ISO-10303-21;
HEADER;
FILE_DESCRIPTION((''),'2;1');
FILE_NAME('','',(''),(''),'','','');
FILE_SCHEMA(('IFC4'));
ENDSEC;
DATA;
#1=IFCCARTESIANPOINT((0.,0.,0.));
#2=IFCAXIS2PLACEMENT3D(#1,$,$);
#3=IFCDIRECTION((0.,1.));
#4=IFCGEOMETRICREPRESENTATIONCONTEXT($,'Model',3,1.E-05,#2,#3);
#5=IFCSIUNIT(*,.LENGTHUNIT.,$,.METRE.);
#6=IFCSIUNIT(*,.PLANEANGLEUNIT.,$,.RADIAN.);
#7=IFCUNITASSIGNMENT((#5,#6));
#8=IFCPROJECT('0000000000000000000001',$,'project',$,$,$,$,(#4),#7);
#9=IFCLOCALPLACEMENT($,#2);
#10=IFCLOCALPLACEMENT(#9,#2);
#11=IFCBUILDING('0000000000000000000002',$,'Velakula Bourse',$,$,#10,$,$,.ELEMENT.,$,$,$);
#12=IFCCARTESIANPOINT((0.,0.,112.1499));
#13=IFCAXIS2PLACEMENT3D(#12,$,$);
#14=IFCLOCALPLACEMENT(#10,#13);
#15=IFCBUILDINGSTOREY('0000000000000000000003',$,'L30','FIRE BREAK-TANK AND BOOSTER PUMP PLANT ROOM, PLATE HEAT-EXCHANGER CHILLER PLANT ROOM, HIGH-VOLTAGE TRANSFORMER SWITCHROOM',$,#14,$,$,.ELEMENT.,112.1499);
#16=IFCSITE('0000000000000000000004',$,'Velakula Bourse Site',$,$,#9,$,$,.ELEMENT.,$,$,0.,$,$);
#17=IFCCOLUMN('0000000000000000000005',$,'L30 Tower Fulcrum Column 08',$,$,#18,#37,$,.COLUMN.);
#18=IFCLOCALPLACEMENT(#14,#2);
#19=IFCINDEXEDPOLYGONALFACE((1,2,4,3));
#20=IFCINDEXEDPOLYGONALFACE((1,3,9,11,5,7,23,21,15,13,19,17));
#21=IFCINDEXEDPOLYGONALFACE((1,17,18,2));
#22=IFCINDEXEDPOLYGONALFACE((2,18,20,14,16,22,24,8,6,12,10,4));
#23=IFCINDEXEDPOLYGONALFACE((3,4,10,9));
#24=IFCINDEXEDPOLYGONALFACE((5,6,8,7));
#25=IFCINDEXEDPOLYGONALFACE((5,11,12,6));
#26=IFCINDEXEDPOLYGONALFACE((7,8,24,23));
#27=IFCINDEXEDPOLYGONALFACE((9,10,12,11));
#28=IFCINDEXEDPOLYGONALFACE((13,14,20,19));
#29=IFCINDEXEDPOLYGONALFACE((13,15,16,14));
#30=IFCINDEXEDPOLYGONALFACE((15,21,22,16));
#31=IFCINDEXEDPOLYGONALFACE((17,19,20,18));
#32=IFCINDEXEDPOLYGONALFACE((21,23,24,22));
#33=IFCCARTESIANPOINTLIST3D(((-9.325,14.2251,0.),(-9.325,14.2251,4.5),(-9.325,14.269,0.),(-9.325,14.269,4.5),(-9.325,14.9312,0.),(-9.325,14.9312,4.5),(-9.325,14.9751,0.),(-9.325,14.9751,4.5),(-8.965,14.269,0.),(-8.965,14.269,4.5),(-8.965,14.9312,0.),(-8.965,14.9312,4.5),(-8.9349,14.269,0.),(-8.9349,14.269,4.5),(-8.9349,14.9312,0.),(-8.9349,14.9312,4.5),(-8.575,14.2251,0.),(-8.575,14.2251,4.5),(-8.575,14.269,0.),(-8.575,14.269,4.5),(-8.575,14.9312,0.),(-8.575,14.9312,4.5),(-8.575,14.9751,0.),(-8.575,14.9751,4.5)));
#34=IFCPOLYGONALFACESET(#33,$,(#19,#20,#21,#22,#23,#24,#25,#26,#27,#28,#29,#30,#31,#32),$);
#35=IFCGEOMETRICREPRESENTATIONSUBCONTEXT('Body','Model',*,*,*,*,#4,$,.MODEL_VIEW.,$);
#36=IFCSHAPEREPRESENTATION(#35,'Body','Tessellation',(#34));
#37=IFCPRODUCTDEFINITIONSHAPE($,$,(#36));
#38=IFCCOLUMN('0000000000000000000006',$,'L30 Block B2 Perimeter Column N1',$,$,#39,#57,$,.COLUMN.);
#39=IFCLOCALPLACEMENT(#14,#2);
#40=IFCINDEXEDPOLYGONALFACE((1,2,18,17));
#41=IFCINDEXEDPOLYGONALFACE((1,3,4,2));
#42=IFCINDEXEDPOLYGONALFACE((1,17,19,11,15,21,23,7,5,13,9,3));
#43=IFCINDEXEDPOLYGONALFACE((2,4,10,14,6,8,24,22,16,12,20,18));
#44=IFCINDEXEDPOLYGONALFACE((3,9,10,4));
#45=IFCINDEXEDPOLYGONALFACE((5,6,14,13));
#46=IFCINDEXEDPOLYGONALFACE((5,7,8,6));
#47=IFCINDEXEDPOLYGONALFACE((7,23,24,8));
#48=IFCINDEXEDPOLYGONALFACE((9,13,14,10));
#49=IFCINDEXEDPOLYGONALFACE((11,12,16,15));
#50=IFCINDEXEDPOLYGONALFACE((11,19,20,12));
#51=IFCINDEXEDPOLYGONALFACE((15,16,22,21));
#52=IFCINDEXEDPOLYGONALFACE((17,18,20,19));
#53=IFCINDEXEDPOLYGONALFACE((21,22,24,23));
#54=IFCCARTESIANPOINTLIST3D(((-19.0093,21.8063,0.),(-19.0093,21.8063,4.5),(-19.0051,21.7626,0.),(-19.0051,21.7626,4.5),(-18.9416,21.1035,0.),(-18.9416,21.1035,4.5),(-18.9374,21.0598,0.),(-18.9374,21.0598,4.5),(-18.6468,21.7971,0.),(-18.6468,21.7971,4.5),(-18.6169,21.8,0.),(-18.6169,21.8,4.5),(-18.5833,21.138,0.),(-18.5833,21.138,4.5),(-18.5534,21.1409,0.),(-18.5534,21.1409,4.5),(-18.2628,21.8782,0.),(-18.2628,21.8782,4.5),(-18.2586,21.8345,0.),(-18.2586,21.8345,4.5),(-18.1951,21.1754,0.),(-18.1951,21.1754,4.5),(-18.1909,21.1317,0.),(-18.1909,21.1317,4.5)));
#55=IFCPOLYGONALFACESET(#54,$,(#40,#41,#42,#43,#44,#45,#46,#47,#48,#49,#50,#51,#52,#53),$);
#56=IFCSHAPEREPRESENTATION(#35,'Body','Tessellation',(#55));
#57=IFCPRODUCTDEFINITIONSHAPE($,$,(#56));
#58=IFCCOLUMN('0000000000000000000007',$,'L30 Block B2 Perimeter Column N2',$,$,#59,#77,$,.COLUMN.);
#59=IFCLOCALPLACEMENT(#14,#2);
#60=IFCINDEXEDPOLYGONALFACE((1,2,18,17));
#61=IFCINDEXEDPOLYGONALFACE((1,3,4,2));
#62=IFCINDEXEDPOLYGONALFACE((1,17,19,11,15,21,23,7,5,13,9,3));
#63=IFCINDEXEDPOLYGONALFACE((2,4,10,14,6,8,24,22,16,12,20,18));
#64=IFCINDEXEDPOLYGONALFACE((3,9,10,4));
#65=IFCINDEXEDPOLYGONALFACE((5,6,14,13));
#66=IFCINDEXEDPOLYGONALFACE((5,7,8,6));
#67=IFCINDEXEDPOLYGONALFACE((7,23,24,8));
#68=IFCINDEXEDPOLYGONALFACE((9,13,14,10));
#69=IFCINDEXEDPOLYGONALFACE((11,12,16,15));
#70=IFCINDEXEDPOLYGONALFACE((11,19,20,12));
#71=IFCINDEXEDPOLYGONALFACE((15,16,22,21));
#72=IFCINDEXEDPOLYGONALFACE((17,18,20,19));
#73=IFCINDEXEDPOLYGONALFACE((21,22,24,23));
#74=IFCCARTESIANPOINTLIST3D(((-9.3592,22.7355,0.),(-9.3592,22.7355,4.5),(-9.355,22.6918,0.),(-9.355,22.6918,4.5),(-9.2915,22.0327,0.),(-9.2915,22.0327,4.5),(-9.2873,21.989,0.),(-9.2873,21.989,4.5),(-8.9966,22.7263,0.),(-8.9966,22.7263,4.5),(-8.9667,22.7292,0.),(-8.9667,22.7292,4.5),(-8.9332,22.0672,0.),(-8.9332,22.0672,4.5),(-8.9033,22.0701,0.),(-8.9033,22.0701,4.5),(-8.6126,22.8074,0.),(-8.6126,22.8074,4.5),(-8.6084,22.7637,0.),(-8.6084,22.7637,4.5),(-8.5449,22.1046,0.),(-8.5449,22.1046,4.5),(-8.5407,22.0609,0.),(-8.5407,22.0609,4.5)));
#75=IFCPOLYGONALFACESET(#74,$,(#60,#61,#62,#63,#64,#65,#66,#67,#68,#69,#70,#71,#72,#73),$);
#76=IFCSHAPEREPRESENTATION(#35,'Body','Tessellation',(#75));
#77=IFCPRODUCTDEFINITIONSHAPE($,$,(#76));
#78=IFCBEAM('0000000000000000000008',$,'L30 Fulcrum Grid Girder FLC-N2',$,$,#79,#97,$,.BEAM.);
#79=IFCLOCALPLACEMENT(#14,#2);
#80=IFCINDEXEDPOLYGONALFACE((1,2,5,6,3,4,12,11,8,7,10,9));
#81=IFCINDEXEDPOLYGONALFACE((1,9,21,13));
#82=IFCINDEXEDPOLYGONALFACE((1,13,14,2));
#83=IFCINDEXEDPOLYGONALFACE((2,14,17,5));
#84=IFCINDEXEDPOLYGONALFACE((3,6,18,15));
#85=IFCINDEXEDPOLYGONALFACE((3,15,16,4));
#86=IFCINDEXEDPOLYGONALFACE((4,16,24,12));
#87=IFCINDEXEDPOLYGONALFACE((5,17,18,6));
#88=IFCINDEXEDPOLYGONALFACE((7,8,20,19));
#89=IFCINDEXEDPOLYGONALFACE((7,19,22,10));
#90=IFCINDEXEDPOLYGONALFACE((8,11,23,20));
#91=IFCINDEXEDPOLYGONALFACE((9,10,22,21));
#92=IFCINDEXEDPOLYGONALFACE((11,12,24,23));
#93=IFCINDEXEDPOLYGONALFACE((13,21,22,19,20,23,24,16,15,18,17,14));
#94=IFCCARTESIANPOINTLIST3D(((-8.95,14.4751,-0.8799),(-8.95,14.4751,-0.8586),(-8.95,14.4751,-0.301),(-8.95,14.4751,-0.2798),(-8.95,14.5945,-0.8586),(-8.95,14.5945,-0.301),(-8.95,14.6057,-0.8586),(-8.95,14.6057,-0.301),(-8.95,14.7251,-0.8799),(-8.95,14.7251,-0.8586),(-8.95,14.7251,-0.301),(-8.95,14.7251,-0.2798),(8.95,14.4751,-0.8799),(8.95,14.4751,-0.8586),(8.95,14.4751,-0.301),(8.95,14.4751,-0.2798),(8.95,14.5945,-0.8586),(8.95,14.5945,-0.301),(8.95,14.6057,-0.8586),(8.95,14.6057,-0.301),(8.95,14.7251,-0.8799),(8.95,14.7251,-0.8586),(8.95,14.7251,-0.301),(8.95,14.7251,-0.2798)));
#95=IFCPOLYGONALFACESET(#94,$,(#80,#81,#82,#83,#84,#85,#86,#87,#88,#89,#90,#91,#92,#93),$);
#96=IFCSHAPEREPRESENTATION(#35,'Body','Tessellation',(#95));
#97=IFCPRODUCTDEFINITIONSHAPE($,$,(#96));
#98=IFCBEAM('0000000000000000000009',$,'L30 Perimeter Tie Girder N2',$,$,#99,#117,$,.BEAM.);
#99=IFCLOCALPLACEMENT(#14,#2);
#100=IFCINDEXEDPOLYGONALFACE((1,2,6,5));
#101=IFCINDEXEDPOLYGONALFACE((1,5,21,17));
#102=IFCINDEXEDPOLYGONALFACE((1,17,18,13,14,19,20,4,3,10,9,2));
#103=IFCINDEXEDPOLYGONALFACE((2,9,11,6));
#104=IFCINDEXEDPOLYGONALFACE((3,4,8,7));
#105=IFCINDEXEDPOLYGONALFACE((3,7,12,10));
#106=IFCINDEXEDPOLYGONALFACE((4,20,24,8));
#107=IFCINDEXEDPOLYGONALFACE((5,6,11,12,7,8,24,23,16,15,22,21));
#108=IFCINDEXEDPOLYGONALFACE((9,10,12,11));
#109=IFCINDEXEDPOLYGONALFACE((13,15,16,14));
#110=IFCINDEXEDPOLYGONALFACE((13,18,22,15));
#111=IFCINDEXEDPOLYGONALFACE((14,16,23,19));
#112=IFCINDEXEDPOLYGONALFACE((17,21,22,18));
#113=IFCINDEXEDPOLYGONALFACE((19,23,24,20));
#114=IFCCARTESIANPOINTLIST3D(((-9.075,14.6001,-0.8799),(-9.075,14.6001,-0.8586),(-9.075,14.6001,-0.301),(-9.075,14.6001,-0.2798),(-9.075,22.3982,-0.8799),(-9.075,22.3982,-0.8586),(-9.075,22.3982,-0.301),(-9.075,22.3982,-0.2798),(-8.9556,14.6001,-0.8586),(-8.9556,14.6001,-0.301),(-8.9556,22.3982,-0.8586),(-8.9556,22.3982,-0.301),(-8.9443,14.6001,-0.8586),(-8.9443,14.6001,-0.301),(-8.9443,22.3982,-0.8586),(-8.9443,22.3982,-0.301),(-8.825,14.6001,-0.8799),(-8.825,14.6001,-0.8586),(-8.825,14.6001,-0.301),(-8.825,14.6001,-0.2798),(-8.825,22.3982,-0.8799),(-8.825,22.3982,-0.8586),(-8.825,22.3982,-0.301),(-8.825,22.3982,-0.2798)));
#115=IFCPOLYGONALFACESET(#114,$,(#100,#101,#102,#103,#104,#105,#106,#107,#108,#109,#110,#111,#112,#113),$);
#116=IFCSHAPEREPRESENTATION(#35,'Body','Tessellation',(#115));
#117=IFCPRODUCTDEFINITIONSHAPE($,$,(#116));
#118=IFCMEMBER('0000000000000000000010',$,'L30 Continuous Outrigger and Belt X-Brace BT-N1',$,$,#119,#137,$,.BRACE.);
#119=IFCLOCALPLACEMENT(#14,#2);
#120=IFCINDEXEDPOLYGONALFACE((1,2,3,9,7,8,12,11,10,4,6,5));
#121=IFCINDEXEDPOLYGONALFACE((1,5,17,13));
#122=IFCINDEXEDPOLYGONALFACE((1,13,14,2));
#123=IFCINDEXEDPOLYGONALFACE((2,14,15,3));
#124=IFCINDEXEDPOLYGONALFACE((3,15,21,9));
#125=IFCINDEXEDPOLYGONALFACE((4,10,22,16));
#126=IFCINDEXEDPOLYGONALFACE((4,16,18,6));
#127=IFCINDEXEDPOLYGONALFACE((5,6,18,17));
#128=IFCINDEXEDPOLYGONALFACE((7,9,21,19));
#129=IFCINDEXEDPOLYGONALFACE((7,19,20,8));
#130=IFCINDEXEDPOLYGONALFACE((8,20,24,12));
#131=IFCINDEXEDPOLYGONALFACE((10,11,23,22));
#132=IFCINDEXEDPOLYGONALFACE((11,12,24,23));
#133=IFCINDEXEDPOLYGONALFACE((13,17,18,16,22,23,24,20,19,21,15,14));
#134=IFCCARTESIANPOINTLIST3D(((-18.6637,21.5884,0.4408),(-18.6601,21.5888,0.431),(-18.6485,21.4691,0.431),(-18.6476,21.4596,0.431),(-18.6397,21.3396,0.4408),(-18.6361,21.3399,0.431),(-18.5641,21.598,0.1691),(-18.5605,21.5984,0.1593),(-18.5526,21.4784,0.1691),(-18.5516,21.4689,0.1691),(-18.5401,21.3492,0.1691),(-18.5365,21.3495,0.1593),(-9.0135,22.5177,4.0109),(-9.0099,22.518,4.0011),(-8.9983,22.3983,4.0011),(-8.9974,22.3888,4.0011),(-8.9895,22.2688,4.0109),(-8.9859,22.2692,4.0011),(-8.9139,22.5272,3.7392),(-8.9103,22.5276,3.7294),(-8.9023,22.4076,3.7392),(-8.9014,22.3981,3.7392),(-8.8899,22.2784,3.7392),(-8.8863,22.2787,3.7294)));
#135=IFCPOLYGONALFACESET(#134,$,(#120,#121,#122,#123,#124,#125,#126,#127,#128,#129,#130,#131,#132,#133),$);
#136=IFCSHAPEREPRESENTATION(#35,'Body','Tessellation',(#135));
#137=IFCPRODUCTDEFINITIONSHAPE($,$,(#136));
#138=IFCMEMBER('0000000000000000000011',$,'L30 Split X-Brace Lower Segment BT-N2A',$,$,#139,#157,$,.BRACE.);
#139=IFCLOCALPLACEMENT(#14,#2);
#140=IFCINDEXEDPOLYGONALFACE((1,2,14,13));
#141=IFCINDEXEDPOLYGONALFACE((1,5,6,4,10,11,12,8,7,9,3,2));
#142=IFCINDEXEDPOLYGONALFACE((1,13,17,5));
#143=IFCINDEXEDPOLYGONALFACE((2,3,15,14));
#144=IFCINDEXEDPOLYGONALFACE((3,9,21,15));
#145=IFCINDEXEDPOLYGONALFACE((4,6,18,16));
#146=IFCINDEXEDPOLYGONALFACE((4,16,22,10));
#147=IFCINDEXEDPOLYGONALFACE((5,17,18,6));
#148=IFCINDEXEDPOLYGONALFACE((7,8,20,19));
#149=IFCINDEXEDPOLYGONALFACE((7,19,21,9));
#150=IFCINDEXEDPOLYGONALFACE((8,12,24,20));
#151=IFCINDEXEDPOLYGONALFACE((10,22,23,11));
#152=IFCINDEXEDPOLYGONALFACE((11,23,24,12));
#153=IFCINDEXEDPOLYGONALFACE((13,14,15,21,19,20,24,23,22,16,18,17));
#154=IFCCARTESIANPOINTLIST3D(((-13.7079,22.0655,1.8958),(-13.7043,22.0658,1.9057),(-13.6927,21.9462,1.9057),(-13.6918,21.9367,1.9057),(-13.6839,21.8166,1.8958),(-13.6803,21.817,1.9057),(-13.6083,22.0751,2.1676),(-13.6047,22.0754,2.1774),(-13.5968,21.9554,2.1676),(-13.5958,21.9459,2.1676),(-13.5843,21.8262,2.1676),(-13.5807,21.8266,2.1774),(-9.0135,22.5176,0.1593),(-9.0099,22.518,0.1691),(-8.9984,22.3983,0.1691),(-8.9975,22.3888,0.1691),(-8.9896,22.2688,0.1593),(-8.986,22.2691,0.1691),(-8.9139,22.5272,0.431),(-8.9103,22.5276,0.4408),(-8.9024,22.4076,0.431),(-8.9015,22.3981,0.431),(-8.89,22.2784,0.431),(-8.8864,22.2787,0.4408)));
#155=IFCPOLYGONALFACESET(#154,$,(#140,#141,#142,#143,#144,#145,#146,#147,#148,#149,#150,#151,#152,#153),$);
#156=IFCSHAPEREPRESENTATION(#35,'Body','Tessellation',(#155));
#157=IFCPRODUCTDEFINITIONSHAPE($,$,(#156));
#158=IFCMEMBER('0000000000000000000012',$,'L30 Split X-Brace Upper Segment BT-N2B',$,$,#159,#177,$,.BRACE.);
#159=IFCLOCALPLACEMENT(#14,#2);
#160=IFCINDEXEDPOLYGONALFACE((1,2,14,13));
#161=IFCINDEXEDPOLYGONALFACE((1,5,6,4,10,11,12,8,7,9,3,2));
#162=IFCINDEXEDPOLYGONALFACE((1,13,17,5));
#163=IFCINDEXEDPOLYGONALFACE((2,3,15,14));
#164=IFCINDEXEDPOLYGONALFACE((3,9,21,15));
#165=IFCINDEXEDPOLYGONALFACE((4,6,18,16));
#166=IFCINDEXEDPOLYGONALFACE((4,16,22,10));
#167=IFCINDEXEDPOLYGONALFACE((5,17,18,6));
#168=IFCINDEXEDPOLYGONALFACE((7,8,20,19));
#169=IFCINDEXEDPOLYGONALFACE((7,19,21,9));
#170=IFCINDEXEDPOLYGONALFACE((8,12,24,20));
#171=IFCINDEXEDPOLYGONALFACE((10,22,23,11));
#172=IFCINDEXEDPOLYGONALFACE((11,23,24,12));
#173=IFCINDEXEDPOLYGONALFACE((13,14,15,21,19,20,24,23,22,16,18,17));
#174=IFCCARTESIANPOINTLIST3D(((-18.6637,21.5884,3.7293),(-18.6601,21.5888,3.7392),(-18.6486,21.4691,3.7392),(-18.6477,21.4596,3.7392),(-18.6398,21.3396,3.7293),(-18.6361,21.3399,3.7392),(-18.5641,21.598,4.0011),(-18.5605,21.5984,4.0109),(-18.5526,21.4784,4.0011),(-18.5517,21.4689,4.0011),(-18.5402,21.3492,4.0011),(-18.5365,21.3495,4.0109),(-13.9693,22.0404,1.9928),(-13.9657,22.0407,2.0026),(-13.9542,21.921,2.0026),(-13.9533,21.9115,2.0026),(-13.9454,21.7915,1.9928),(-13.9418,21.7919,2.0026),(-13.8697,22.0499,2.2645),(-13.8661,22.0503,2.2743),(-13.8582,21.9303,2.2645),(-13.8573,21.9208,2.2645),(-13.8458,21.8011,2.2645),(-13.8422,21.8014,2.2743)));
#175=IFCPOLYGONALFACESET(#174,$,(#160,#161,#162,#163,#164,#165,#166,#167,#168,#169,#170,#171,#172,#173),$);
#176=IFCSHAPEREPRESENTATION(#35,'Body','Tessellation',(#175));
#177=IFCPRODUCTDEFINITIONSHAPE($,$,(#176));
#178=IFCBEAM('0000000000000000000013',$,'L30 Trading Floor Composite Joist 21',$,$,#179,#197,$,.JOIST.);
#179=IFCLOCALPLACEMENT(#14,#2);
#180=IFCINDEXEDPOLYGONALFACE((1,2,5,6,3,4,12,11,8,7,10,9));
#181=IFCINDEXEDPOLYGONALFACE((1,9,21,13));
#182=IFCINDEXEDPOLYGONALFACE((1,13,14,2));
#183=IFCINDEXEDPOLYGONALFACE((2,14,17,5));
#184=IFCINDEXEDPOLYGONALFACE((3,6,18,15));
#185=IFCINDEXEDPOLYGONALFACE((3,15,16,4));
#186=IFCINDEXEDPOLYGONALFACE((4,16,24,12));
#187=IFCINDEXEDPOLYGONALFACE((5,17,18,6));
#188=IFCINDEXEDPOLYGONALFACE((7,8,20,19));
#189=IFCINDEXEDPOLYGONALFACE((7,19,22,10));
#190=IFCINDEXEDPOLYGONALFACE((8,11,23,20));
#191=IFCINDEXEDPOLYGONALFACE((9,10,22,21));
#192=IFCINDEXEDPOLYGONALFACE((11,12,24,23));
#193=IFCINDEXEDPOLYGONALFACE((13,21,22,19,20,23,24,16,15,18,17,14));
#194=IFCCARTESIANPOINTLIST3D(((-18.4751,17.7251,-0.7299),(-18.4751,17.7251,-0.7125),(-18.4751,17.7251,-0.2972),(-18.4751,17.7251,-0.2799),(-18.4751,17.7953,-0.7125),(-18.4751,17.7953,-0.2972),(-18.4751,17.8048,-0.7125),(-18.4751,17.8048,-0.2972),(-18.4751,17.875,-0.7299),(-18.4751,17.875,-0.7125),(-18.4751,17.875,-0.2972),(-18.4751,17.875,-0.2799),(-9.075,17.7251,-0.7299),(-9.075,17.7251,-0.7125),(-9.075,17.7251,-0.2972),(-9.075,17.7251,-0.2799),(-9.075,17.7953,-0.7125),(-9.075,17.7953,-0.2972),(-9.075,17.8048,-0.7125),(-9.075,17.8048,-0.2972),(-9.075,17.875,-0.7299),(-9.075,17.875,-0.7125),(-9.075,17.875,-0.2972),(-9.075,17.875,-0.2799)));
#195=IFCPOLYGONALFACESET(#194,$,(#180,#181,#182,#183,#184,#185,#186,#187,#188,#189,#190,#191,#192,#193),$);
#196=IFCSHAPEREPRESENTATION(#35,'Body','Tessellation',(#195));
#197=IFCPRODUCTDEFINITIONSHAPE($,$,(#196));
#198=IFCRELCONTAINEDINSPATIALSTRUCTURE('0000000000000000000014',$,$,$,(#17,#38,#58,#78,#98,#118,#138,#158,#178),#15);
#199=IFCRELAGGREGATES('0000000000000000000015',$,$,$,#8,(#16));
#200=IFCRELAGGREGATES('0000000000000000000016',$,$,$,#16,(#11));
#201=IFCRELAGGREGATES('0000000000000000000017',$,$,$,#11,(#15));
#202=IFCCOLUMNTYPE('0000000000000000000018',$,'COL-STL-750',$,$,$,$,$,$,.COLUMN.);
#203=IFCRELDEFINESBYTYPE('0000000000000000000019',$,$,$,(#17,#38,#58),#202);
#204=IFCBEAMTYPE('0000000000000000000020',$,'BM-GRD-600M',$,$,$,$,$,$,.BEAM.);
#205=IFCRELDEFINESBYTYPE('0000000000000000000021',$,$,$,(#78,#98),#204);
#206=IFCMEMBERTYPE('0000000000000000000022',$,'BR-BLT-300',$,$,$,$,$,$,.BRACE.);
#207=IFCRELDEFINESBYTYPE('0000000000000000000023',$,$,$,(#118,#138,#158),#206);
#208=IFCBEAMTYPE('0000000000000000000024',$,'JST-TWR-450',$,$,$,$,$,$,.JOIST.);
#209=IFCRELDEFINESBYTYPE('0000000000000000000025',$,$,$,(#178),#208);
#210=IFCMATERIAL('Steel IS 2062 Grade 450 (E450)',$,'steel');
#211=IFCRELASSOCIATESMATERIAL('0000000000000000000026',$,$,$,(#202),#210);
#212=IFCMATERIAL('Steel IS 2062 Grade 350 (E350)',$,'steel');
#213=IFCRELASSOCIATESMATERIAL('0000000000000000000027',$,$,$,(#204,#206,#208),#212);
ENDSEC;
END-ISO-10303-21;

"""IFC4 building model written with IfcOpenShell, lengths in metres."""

from ifc_helpers import new_model, si_unit, direction, frame, origin, origin_2d, place, context, subcontext, project, spatial, i_section, extrude, material, material_profile, profile_set, type_object, element, save


model = new_model("IFC4")

# Units and contexts
model_context = context("Model", 3, precision=1e-05, world=origin(), true_north=direction((0.0, 1.0)))
body_context = subcontext(model_context, "Body", "Model", "MODEL_VIEW")
ifc_project = project(units=[si_unit("LENGTHUNIT", "METRE"), si_unit("PLANEANGLEUNIT", "RADIAN")], contexts=[model_context])

# Site, building, storey
site_placement = place(None, origin())
site = spatial("IfcSite", under=ifc_project, at=site_placement, Name="Velakula Bourse Site", CompositionType="ELEMENT", RefElevation=0.0)
building_placement = place(site_placement, origin())
building = spatial("IfcBuilding", under=site, at=building_placement, Name="Velakula Bourse", CompositionType="ELEMENT")
storey_placement = place(building_placement, frame((0.0, 0.0, 112.1499)))
storey = spatial("IfcBuildingStorey", under=building, at=storey_placement, Name="L30", Description="FIRE BREAK-TANK AND BOOSTER PUMP PLANT ROOM, PLATE HEAT-EXCHANGER CHILLER PLANT ROOM, HIGH-VOLTAGE TRANSFORMER SWITCHROOM", CompositionType="ELEMENT", Elevation=112.1499)

# Columns
ifc_material_1 = material(Name="Steel IS 2062 Grade 450 (E450)", Category="steel")
ifc_material_profile_1 = material_profile(ifc_material_1, i_section(OverallWidth=0.75, OverallDepth=0.75, WebThickness=0.03, FlangeThickness=0.0439, at=origin_2d()), Name="Steel IS 2062 Grade 450 (E450)")
ifc_profile_set_1 = profile_set([ifc_material_profile_1], Name="Steel IS 2062 Grade 450 (E450)")
column_type = type_object("IfcColumnType", Name="COL-STL-750", PredefinedType="COLUMN", material=ifc_profile_set_1)
for number, where, z_axis, x_axis, name in (
    (1, (-8.95, 14.6001, 0.0), (0.0, 0.0, 1.0), (1.0, 0.0, 0.0), "L30 Tower Fulcrum Column 08"),
    (2, (-18.6001, 21.469, 0.0), (0.0, 0.0, 1.0), (0.995396, 0.095846, 0.0), "L30 Block B2 Perimeter Column N1"),
    (3, (-8.95, 22.3982, 0.0), (0.0, 0.0, 1.0), (0.995396, 0.095846, 0.0), "L30 Block B2 Perimeter Column N2"),
):
    element("IfcColumn", number, at=place(storey_placement, frame(where, z_axis=z_axis, x_axis=x_axis)), inside=storey, type_object=column_type, Name=name, PredefinedType="COLUMN", context=body_context, shape_type="SweptSolid", body=[
        extrude(i_section(OverallWidth=0.75, OverallDepth=0.75, WebThickness=0.03, FlangeThickness=0.0439, at=origin_2d()), origin(), (0.0, 0.0, 1.0), 4.5),
    ])

# Beams
ifc_material_2 = material(Name="Steel IS 2062 Grade 350 (E350)", Category="steel")
ifc_material_profile_2 = material_profile(ifc_material_2, i_section(OverallWidth=0.25, OverallDepth=0.6001, WebThickness=0.0112, FlangeThickness=0.0212, at=origin_2d()), Name="Steel IS 2062 Grade 350 (E350)")
ifc_profile_set_2 = profile_set([ifc_material_profile_2], Name="Steel IS 2062 Grade 350 (E350)")
beam_type_1 = type_object("IfcBeamType", Name="BM-GRD-600M", PredefinedType="BEAM", material=ifc_profile_set_2)
beam_1_placement = place(storey_placement, frame((-8.95, 14.6001, -0.5798), z_axis=(1.0, 0.0, 0.0), x_axis=(0.0, 1.0, 0.0)))
element("IfcBeam", 4, at=beam_1_placement, inside=storey, type_object=beam_type_1, Name="L30 Fulcrum Grid Girder FLC-N2", PredefinedType="BEAM", context=body_context, shape_type="SweptSolid", body=[
    extrude(i_section(OverallWidth=0.25, OverallDepth=0.6001, WebThickness=0.0112, FlangeThickness=0.0212, at=origin_2d()), origin(), (0.0, 0.0, 1.0), 17.8999),
])
beam_2_placement = place(storey_placement, frame((-8.95, 14.6001, -0.5798), z_axis=(0.0, 1.0, 0.0), x_axis=(-1.0, 0.0, 0.0)))
element("IfcBeam", 5, at=beam_2_placement, inside=storey, type_object=beam_type_1, Name="L30 Perimeter Tie Girder N2", PredefinedType="BEAM", context=body_context, shape_type="SweptSolid", body=[
    extrude(i_section(OverallWidth=0.25, OverallDepth=0.6001, WebThickness=0.0112, FlangeThickness=0.0212, at=origin_2d()), origin(), (0.0, 0.0, 1.0), 7.7981),
])

# Members
ifc_material_profile_3 = material_profile(ifc_material_2, i_section(OverallWidth=0.25, OverallDepth=0.3, WebThickness=0.0095, FlangeThickness=0.0105, at=origin_2d()), Name="Steel IS 2062 Grade 350 (E350)")
ifc_profile_set_3 = profile_set([ifc_material_profile_3], Name="Steel IS 2062 Grade 350 (E350)")
member_type = type_object("IfcMemberType", Name="BR-BLT-300", PredefinedType="BRACE", material=ifc_profile_set_3)
member_placement = place(storey_placement, frame((-18.6001, 21.469, 0.3), z_axis=(0.934076, 0.089941, 0.345561), x_axis=(-0.095845, 0.995396, 0.0)))
element("IfcMember", 6, at=member_placement, inside=storey, type_object=member_type, Name="L30 Continuous Outrigger and Belt X-Brace BT-N1", PredefinedType="BRACE", context=body_context, shape_type="SweptSolid", body=[
    extrude(i_section(OverallWidth=0.25, OverallDepth=0.3, WebThickness=0.0095, FlangeThickness=0.0105, at=origin_2d()), origin(), (0.0, 0.0, 1.0), 10.3313),
])
for number, where, z_axis, x_axis, name in (
    (7, (-8.95, 22.3982, 0.3), (-0.93408, -0.089969, 0.345544), (0.095874, -0.995393, 0.0), "L30 Split X-Brace Lower Segment BT-N2A"),
    (8, (-13.9058, 21.9209, 2.1335), (-0.934084, -0.08992, 0.345545), (0.095823, -0.995398, 0.0), "L30 Split X-Brace Upper Segment BT-N2B"),
):
    element("IfcMember", number, at=place(storey_placement, frame(where, z_axis=z_axis, x_axis=x_axis)), inside=storey, type_object=member_type, Name=name, PredefinedType="BRACE", context=body_context, shape_type="SweptSolid", body=[
        extrude(i_section(OverallWidth=0.25, OverallDepth=0.3, WebThickness=0.0095, FlangeThickness=0.0105, at=origin_2d()), origin(), (0.0, 0.0, 1.0), 5.0256),
    ])

# Beam
ifc_material_profile_4 = material_profile(ifc_material_2, i_section(OverallWidth=0.1499, OverallDepth=0.45, WebThickness=0.0095, FlangeThickness=0.0173, at=origin_2d()), Name="Steel IS 2062 Grade 350 (E350)")
ifc_profile_set_4 = profile_set([ifc_material_profile_4], Name="Steel IS 2062 Grade 350 (E350)")
beam_type_2 = type_object("IfcBeamType", Name="JST-TWR-450", PredefinedType="JOIST", material=ifc_profile_set_4)
beam_3_placement = place(storey_placement, frame((-18.4751, 17.8, -0.5049), z_axis=(1.0, 0.0, 0.0), x_axis=(0.0, 1.0, 0.0)))
element("IfcBeam", 9, at=beam_3_placement, inside=storey, type_object=beam_type_2, Name="L30 Trading Floor Composite Joist 21", PredefinedType="JOIST", context=body_context, shape_type="SweptSolid", body=[
    extrude(i_section(OverallWidth=0.1499, OverallDepth=0.45, WebThickness=0.0095, FlangeThickness=0.0173, at=origin_2d()), origin(), (0.0, 0.0, 1.0), 9.4001),
])

save(model, "model.ifc")
